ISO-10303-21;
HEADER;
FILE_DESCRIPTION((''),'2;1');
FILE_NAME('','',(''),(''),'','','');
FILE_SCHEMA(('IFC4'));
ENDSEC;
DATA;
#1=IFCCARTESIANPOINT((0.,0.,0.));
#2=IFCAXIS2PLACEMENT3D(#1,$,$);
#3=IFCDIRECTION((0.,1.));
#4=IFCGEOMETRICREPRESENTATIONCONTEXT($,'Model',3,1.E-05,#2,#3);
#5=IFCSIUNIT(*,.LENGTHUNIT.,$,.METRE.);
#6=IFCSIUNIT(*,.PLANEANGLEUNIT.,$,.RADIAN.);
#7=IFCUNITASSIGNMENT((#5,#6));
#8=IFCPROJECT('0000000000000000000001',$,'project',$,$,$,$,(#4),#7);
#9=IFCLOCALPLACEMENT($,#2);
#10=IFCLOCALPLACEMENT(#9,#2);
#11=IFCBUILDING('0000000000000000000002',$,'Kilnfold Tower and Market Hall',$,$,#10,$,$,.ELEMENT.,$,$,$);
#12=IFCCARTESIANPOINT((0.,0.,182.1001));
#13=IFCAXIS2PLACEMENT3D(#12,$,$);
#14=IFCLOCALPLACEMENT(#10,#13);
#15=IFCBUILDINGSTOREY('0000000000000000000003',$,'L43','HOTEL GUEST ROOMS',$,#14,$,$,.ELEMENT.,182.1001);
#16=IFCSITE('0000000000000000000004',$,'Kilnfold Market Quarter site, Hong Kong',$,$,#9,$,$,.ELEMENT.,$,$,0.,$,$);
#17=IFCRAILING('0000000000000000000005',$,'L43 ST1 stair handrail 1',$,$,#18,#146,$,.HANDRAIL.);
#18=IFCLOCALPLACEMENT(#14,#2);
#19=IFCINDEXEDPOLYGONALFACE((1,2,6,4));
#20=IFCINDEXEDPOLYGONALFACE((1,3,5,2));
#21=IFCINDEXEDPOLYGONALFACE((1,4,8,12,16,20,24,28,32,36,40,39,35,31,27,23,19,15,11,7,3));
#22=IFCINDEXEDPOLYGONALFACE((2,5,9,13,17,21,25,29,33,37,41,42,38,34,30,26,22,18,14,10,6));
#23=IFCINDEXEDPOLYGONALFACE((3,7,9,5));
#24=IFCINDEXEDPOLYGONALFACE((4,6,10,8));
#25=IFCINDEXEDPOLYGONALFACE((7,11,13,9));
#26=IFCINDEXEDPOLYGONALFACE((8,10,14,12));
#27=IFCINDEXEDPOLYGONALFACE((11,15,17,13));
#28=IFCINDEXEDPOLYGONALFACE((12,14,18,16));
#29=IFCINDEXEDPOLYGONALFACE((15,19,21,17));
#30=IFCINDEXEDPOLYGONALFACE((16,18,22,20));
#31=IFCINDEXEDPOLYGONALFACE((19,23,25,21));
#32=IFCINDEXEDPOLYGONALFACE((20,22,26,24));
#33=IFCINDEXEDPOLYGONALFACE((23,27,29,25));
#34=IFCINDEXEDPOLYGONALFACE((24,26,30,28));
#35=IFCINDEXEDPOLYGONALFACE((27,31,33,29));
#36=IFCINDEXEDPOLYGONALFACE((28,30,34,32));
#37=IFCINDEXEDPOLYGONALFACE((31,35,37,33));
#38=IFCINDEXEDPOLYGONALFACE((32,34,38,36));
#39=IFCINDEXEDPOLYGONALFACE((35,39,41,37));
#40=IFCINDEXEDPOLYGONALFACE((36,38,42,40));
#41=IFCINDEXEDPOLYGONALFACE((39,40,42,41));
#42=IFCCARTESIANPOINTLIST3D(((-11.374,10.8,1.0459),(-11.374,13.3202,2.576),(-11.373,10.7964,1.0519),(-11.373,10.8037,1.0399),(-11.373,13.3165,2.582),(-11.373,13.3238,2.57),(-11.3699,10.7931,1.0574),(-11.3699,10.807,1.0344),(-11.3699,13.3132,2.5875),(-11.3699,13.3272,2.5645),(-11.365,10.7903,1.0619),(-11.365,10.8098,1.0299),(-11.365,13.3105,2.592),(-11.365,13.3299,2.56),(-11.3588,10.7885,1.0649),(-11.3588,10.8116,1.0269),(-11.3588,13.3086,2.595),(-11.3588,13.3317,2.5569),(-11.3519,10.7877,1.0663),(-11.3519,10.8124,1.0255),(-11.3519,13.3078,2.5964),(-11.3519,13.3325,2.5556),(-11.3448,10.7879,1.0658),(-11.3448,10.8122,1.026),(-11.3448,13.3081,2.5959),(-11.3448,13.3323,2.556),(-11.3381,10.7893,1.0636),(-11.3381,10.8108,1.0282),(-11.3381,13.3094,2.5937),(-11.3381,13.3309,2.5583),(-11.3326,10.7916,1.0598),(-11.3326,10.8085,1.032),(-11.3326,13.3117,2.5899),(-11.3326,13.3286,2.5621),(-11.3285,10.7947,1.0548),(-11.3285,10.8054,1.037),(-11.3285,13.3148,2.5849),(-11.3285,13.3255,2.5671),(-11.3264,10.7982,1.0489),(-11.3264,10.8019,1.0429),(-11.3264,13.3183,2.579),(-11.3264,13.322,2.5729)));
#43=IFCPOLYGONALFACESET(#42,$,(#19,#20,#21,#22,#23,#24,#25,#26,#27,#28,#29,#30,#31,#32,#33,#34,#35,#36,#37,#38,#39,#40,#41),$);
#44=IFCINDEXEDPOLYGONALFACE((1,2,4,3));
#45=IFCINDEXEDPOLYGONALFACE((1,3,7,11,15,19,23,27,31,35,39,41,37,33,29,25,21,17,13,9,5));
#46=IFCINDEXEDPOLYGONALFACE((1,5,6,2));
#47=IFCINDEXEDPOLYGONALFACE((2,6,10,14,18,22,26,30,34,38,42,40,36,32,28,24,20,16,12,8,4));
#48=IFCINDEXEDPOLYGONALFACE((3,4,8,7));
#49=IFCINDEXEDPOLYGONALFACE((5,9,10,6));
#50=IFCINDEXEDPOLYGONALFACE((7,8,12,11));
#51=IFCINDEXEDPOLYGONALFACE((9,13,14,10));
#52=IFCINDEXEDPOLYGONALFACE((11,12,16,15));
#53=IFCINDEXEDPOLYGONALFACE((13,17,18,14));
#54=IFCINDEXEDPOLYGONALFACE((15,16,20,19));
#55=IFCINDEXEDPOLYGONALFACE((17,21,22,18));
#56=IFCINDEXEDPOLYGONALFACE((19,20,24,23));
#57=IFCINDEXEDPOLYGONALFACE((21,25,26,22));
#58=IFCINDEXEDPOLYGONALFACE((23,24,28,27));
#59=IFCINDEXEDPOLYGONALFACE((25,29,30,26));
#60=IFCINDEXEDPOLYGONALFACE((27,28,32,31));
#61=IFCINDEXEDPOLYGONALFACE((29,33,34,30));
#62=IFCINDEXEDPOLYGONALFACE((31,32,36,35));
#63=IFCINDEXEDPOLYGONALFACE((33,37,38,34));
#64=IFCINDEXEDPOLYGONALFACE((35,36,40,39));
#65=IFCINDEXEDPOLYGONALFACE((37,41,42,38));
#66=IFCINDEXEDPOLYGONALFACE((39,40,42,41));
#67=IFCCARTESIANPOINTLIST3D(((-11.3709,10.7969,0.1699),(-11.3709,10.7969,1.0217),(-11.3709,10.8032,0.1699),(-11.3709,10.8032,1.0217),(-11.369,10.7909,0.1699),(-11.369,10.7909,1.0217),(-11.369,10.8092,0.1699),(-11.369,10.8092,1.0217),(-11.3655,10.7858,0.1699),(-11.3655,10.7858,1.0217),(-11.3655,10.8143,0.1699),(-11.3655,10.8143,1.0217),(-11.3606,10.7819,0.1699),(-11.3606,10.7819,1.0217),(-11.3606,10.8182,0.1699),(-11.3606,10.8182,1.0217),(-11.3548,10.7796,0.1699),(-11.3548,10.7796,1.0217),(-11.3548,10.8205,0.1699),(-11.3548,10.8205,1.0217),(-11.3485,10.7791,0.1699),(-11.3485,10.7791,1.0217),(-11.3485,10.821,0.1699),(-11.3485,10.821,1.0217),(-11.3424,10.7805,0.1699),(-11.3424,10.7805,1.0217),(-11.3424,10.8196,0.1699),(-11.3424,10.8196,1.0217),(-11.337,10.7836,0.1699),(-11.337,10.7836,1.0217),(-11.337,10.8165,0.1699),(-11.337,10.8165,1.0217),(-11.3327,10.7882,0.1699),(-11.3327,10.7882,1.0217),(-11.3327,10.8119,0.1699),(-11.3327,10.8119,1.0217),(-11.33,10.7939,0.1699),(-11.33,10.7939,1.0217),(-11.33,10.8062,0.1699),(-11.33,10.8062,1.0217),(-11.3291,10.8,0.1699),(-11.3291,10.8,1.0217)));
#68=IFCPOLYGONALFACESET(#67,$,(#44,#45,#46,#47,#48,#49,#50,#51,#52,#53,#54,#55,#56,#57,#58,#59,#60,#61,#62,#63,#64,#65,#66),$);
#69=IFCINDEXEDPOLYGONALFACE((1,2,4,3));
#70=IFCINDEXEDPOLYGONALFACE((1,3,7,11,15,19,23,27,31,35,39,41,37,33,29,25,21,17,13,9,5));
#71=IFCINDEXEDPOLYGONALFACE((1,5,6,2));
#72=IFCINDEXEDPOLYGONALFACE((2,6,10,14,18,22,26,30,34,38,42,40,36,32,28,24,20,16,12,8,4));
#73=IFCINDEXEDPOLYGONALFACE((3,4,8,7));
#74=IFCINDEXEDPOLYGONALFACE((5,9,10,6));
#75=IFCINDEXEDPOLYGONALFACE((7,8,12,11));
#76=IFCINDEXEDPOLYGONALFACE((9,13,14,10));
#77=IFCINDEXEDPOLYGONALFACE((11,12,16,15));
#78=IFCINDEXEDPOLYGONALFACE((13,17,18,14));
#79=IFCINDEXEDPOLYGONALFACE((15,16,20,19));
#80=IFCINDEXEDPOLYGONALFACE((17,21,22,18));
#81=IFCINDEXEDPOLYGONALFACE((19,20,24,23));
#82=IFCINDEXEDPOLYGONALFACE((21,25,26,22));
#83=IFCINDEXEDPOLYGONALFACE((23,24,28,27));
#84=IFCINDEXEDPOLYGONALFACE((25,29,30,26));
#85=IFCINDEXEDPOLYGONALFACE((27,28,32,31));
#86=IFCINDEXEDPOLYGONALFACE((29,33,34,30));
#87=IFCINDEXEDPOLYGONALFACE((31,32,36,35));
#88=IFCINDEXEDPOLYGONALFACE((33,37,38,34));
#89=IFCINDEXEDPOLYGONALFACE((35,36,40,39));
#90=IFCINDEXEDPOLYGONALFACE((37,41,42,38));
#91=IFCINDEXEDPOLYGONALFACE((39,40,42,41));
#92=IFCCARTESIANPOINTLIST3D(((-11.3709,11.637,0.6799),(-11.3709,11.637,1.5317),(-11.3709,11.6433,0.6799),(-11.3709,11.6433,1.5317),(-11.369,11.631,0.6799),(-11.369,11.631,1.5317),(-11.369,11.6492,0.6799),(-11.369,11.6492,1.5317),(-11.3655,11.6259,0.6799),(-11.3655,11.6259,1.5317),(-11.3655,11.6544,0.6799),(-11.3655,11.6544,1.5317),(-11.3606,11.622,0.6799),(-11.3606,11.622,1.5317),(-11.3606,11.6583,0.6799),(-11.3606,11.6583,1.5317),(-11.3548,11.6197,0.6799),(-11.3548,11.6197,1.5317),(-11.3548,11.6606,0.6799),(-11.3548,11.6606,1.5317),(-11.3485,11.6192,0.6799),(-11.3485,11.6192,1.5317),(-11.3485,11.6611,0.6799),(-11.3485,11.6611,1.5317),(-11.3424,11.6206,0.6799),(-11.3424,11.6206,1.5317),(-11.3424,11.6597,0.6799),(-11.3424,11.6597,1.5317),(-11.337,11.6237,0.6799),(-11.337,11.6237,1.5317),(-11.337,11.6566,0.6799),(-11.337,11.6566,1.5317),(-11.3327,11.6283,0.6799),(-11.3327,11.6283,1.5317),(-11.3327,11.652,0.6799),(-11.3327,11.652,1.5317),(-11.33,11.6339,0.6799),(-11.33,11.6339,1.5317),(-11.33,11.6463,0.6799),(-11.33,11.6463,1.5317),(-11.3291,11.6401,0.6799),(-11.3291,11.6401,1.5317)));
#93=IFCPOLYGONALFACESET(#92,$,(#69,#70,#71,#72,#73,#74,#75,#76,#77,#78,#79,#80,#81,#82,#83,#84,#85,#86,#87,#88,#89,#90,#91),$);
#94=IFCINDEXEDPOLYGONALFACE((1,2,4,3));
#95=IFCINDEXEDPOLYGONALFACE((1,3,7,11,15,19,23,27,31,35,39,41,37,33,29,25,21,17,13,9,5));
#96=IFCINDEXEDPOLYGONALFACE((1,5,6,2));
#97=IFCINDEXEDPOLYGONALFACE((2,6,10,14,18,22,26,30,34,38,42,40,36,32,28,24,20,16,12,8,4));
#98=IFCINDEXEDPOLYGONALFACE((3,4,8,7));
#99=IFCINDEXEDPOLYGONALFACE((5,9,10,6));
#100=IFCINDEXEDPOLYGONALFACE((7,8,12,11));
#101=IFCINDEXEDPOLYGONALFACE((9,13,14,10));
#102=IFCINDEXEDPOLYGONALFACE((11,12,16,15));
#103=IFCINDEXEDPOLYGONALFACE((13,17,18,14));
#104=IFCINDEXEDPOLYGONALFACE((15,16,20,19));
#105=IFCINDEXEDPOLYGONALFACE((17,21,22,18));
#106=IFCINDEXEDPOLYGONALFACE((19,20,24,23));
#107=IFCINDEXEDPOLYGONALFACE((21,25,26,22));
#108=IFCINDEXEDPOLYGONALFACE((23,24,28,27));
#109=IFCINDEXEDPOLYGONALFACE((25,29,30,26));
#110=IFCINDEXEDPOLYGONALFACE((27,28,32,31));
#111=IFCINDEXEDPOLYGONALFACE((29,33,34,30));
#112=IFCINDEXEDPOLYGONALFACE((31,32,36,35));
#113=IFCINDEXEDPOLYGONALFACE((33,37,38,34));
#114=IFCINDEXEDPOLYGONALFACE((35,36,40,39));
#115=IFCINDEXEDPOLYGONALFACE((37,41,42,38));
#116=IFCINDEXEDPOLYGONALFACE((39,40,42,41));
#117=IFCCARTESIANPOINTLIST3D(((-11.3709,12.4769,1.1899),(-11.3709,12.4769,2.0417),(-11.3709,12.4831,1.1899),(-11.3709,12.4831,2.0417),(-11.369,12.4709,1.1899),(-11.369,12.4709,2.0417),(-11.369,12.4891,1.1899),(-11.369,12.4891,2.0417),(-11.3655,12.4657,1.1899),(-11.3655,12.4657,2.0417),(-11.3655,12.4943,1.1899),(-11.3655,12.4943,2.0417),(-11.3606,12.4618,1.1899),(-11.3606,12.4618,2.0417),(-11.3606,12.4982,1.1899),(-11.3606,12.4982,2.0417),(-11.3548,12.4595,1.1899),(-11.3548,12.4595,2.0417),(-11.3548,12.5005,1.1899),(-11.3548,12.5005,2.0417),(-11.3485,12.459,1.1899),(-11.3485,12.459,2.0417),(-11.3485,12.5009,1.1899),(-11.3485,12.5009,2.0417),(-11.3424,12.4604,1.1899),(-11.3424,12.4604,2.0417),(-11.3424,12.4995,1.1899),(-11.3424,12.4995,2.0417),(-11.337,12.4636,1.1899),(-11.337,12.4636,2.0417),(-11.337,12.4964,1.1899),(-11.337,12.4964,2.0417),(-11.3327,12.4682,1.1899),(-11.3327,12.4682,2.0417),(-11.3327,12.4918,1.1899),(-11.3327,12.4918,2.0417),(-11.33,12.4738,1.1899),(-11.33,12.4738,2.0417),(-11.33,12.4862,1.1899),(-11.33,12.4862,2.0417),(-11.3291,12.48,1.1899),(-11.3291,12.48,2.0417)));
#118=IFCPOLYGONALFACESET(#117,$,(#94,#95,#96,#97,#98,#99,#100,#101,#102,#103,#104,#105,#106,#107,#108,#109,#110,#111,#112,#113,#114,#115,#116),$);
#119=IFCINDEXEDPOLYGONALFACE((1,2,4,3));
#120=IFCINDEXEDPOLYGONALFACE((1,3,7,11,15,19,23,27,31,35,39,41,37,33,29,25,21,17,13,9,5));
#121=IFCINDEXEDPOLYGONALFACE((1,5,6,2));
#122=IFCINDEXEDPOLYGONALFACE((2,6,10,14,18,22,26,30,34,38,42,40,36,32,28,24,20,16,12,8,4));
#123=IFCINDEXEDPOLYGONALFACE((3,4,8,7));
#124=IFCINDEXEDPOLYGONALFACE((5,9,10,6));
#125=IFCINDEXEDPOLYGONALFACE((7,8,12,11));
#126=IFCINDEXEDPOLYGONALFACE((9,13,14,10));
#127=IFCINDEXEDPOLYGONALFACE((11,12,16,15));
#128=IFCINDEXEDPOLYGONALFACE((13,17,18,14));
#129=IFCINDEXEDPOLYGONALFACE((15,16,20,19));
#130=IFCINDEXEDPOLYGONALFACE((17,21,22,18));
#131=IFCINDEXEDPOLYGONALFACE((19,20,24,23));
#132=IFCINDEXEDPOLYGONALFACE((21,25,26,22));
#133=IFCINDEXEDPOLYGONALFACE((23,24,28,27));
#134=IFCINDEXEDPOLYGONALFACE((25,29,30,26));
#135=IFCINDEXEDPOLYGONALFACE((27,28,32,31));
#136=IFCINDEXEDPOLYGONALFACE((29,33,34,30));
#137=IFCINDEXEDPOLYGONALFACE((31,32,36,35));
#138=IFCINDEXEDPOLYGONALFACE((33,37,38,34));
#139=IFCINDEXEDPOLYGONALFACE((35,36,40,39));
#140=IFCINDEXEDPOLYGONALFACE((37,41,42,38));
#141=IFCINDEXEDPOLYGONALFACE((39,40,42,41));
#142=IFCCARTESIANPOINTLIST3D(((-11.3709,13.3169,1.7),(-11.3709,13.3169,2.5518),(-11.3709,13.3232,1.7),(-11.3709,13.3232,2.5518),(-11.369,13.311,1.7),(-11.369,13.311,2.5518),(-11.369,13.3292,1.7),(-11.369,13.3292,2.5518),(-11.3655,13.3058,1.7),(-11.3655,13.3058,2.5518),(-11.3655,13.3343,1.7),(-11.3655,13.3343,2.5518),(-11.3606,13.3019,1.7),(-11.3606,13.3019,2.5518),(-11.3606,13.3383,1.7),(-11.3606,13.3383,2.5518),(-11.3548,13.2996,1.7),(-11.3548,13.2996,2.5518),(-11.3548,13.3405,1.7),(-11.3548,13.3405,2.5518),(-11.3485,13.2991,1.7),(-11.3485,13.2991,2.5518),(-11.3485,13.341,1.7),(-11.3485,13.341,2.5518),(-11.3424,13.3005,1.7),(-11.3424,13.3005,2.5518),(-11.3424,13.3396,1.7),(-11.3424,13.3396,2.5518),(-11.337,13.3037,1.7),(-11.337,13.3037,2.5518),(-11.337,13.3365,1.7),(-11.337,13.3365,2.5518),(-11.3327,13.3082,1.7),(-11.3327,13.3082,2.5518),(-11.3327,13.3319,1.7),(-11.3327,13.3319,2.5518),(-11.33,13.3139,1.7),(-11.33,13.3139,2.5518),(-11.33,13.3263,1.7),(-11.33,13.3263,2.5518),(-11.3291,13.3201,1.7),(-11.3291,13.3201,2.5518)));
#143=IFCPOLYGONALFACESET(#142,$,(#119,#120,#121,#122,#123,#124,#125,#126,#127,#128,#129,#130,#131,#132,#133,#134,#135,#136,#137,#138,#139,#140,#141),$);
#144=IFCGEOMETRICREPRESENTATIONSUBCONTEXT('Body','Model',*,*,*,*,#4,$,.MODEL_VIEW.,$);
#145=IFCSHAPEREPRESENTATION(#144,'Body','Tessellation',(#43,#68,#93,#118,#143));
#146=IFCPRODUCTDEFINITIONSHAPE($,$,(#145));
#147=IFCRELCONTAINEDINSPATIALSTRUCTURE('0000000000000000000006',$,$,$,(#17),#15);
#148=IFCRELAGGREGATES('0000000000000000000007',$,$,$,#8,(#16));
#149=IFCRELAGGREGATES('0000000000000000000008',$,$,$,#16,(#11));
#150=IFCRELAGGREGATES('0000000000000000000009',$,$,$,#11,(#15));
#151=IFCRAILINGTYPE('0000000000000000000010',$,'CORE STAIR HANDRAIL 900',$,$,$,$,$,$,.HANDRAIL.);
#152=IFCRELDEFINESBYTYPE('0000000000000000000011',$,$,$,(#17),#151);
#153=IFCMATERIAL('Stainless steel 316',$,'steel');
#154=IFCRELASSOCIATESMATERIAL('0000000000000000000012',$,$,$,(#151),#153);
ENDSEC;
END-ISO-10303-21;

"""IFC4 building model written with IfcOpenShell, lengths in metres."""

from ifc_helpers import new_model, si_unit, direction, frame, origin, origin_2d, place, context, subcontext, project, spatial, circle, extrude, material, type_object, element, save


model = new_model("IFC4")

# Units and contexts
model_context = context("Model", 3, precision=1e-05, world=origin(), true_north=direction((0.0, 1.0)))
body_context = subcontext(model_context, "Body", "Model", "MODEL_VIEW")
ifc_project = project(units=[si_unit("LENGTHUNIT", "METRE"), si_unit("PLANEANGLEUNIT", "RADIAN")], contexts=[model_context])

# Site, building, storey
site_placement = place(None, origin())
site = spatial("IfcSite", under=ifc_project, at=site_placement, Name="Kilnfold Market Quarter site, Hong Kong", CompositionType="ELEMENT", RefElevation=0.0)
building_placement = place(site_placement, origin())
building = spatial("IfcBuilding", under=site, at=building_placement, Name="Kilnfold Tower and Market Hall", CompositionType="ELEMENT")
storey_placement = place(building_placement, frame((0.0, 0.0, 182.1001)))
storey = spatial("IfcBuildingStorey", under=building, at=storey_placement, Name="L43", Description="HOTEL GUEST ROOMS", CompositionType="ELEMENT", Elevation=182.1001)

# Railing
ifc_material_1 = material(Name="Stainless steel 316", Category="steel")
railing_type_1 = type_object("IfcRailingType", Name="CORE STAIR HANDRAIL 900", PredefinedType="HANDRAIL", material=ifc_material_1)
railing_1_placement = place(storey_placement, frame((-11.3501, 10.8, 0.1699)))
element("IfcRailing", 1, at=railing_1_placement, inside=storey, type_object=railing_type_1, Name="L43 ST1 stair handrail 1", PredefinedType="HANDRAIL", context=body_context, shape_type="SweptSolid", body=[
    extrude(circle(Radius=0.0239, at=origin_2d()), frame((0.0, 0.0, 0.876), z_axis=(0.0, 0.854785, 0.518982), x_axis=(-1.0, 0.0, 0.0)), (0.0, 0.0, 1.0), 2.9482),
    extrude(circle(Radius=0.021, at=origin_2d()), origin(), (0.0, 0.0, 1.0), 0.8518),
    extrude(circle(Radius=0.021, at=origin_2d()), frame((0.0, 0.8401, 0.51)), (0.0, 0.0, 1.0), 0.8518),
    extrude(circle(Radius=0.021, at=origin_2d()), frame((0.0, 1.6799, 1.02)), (0.0, 0.0, 1.0), 0.8518),
    extrude(circle(Radius=0.021, at=origin_2d()), frame((0.0, 2.52, 1.53)), (0.0, 0.0, 1.0), 0.8518),
])

save(model, "model.ifc")
